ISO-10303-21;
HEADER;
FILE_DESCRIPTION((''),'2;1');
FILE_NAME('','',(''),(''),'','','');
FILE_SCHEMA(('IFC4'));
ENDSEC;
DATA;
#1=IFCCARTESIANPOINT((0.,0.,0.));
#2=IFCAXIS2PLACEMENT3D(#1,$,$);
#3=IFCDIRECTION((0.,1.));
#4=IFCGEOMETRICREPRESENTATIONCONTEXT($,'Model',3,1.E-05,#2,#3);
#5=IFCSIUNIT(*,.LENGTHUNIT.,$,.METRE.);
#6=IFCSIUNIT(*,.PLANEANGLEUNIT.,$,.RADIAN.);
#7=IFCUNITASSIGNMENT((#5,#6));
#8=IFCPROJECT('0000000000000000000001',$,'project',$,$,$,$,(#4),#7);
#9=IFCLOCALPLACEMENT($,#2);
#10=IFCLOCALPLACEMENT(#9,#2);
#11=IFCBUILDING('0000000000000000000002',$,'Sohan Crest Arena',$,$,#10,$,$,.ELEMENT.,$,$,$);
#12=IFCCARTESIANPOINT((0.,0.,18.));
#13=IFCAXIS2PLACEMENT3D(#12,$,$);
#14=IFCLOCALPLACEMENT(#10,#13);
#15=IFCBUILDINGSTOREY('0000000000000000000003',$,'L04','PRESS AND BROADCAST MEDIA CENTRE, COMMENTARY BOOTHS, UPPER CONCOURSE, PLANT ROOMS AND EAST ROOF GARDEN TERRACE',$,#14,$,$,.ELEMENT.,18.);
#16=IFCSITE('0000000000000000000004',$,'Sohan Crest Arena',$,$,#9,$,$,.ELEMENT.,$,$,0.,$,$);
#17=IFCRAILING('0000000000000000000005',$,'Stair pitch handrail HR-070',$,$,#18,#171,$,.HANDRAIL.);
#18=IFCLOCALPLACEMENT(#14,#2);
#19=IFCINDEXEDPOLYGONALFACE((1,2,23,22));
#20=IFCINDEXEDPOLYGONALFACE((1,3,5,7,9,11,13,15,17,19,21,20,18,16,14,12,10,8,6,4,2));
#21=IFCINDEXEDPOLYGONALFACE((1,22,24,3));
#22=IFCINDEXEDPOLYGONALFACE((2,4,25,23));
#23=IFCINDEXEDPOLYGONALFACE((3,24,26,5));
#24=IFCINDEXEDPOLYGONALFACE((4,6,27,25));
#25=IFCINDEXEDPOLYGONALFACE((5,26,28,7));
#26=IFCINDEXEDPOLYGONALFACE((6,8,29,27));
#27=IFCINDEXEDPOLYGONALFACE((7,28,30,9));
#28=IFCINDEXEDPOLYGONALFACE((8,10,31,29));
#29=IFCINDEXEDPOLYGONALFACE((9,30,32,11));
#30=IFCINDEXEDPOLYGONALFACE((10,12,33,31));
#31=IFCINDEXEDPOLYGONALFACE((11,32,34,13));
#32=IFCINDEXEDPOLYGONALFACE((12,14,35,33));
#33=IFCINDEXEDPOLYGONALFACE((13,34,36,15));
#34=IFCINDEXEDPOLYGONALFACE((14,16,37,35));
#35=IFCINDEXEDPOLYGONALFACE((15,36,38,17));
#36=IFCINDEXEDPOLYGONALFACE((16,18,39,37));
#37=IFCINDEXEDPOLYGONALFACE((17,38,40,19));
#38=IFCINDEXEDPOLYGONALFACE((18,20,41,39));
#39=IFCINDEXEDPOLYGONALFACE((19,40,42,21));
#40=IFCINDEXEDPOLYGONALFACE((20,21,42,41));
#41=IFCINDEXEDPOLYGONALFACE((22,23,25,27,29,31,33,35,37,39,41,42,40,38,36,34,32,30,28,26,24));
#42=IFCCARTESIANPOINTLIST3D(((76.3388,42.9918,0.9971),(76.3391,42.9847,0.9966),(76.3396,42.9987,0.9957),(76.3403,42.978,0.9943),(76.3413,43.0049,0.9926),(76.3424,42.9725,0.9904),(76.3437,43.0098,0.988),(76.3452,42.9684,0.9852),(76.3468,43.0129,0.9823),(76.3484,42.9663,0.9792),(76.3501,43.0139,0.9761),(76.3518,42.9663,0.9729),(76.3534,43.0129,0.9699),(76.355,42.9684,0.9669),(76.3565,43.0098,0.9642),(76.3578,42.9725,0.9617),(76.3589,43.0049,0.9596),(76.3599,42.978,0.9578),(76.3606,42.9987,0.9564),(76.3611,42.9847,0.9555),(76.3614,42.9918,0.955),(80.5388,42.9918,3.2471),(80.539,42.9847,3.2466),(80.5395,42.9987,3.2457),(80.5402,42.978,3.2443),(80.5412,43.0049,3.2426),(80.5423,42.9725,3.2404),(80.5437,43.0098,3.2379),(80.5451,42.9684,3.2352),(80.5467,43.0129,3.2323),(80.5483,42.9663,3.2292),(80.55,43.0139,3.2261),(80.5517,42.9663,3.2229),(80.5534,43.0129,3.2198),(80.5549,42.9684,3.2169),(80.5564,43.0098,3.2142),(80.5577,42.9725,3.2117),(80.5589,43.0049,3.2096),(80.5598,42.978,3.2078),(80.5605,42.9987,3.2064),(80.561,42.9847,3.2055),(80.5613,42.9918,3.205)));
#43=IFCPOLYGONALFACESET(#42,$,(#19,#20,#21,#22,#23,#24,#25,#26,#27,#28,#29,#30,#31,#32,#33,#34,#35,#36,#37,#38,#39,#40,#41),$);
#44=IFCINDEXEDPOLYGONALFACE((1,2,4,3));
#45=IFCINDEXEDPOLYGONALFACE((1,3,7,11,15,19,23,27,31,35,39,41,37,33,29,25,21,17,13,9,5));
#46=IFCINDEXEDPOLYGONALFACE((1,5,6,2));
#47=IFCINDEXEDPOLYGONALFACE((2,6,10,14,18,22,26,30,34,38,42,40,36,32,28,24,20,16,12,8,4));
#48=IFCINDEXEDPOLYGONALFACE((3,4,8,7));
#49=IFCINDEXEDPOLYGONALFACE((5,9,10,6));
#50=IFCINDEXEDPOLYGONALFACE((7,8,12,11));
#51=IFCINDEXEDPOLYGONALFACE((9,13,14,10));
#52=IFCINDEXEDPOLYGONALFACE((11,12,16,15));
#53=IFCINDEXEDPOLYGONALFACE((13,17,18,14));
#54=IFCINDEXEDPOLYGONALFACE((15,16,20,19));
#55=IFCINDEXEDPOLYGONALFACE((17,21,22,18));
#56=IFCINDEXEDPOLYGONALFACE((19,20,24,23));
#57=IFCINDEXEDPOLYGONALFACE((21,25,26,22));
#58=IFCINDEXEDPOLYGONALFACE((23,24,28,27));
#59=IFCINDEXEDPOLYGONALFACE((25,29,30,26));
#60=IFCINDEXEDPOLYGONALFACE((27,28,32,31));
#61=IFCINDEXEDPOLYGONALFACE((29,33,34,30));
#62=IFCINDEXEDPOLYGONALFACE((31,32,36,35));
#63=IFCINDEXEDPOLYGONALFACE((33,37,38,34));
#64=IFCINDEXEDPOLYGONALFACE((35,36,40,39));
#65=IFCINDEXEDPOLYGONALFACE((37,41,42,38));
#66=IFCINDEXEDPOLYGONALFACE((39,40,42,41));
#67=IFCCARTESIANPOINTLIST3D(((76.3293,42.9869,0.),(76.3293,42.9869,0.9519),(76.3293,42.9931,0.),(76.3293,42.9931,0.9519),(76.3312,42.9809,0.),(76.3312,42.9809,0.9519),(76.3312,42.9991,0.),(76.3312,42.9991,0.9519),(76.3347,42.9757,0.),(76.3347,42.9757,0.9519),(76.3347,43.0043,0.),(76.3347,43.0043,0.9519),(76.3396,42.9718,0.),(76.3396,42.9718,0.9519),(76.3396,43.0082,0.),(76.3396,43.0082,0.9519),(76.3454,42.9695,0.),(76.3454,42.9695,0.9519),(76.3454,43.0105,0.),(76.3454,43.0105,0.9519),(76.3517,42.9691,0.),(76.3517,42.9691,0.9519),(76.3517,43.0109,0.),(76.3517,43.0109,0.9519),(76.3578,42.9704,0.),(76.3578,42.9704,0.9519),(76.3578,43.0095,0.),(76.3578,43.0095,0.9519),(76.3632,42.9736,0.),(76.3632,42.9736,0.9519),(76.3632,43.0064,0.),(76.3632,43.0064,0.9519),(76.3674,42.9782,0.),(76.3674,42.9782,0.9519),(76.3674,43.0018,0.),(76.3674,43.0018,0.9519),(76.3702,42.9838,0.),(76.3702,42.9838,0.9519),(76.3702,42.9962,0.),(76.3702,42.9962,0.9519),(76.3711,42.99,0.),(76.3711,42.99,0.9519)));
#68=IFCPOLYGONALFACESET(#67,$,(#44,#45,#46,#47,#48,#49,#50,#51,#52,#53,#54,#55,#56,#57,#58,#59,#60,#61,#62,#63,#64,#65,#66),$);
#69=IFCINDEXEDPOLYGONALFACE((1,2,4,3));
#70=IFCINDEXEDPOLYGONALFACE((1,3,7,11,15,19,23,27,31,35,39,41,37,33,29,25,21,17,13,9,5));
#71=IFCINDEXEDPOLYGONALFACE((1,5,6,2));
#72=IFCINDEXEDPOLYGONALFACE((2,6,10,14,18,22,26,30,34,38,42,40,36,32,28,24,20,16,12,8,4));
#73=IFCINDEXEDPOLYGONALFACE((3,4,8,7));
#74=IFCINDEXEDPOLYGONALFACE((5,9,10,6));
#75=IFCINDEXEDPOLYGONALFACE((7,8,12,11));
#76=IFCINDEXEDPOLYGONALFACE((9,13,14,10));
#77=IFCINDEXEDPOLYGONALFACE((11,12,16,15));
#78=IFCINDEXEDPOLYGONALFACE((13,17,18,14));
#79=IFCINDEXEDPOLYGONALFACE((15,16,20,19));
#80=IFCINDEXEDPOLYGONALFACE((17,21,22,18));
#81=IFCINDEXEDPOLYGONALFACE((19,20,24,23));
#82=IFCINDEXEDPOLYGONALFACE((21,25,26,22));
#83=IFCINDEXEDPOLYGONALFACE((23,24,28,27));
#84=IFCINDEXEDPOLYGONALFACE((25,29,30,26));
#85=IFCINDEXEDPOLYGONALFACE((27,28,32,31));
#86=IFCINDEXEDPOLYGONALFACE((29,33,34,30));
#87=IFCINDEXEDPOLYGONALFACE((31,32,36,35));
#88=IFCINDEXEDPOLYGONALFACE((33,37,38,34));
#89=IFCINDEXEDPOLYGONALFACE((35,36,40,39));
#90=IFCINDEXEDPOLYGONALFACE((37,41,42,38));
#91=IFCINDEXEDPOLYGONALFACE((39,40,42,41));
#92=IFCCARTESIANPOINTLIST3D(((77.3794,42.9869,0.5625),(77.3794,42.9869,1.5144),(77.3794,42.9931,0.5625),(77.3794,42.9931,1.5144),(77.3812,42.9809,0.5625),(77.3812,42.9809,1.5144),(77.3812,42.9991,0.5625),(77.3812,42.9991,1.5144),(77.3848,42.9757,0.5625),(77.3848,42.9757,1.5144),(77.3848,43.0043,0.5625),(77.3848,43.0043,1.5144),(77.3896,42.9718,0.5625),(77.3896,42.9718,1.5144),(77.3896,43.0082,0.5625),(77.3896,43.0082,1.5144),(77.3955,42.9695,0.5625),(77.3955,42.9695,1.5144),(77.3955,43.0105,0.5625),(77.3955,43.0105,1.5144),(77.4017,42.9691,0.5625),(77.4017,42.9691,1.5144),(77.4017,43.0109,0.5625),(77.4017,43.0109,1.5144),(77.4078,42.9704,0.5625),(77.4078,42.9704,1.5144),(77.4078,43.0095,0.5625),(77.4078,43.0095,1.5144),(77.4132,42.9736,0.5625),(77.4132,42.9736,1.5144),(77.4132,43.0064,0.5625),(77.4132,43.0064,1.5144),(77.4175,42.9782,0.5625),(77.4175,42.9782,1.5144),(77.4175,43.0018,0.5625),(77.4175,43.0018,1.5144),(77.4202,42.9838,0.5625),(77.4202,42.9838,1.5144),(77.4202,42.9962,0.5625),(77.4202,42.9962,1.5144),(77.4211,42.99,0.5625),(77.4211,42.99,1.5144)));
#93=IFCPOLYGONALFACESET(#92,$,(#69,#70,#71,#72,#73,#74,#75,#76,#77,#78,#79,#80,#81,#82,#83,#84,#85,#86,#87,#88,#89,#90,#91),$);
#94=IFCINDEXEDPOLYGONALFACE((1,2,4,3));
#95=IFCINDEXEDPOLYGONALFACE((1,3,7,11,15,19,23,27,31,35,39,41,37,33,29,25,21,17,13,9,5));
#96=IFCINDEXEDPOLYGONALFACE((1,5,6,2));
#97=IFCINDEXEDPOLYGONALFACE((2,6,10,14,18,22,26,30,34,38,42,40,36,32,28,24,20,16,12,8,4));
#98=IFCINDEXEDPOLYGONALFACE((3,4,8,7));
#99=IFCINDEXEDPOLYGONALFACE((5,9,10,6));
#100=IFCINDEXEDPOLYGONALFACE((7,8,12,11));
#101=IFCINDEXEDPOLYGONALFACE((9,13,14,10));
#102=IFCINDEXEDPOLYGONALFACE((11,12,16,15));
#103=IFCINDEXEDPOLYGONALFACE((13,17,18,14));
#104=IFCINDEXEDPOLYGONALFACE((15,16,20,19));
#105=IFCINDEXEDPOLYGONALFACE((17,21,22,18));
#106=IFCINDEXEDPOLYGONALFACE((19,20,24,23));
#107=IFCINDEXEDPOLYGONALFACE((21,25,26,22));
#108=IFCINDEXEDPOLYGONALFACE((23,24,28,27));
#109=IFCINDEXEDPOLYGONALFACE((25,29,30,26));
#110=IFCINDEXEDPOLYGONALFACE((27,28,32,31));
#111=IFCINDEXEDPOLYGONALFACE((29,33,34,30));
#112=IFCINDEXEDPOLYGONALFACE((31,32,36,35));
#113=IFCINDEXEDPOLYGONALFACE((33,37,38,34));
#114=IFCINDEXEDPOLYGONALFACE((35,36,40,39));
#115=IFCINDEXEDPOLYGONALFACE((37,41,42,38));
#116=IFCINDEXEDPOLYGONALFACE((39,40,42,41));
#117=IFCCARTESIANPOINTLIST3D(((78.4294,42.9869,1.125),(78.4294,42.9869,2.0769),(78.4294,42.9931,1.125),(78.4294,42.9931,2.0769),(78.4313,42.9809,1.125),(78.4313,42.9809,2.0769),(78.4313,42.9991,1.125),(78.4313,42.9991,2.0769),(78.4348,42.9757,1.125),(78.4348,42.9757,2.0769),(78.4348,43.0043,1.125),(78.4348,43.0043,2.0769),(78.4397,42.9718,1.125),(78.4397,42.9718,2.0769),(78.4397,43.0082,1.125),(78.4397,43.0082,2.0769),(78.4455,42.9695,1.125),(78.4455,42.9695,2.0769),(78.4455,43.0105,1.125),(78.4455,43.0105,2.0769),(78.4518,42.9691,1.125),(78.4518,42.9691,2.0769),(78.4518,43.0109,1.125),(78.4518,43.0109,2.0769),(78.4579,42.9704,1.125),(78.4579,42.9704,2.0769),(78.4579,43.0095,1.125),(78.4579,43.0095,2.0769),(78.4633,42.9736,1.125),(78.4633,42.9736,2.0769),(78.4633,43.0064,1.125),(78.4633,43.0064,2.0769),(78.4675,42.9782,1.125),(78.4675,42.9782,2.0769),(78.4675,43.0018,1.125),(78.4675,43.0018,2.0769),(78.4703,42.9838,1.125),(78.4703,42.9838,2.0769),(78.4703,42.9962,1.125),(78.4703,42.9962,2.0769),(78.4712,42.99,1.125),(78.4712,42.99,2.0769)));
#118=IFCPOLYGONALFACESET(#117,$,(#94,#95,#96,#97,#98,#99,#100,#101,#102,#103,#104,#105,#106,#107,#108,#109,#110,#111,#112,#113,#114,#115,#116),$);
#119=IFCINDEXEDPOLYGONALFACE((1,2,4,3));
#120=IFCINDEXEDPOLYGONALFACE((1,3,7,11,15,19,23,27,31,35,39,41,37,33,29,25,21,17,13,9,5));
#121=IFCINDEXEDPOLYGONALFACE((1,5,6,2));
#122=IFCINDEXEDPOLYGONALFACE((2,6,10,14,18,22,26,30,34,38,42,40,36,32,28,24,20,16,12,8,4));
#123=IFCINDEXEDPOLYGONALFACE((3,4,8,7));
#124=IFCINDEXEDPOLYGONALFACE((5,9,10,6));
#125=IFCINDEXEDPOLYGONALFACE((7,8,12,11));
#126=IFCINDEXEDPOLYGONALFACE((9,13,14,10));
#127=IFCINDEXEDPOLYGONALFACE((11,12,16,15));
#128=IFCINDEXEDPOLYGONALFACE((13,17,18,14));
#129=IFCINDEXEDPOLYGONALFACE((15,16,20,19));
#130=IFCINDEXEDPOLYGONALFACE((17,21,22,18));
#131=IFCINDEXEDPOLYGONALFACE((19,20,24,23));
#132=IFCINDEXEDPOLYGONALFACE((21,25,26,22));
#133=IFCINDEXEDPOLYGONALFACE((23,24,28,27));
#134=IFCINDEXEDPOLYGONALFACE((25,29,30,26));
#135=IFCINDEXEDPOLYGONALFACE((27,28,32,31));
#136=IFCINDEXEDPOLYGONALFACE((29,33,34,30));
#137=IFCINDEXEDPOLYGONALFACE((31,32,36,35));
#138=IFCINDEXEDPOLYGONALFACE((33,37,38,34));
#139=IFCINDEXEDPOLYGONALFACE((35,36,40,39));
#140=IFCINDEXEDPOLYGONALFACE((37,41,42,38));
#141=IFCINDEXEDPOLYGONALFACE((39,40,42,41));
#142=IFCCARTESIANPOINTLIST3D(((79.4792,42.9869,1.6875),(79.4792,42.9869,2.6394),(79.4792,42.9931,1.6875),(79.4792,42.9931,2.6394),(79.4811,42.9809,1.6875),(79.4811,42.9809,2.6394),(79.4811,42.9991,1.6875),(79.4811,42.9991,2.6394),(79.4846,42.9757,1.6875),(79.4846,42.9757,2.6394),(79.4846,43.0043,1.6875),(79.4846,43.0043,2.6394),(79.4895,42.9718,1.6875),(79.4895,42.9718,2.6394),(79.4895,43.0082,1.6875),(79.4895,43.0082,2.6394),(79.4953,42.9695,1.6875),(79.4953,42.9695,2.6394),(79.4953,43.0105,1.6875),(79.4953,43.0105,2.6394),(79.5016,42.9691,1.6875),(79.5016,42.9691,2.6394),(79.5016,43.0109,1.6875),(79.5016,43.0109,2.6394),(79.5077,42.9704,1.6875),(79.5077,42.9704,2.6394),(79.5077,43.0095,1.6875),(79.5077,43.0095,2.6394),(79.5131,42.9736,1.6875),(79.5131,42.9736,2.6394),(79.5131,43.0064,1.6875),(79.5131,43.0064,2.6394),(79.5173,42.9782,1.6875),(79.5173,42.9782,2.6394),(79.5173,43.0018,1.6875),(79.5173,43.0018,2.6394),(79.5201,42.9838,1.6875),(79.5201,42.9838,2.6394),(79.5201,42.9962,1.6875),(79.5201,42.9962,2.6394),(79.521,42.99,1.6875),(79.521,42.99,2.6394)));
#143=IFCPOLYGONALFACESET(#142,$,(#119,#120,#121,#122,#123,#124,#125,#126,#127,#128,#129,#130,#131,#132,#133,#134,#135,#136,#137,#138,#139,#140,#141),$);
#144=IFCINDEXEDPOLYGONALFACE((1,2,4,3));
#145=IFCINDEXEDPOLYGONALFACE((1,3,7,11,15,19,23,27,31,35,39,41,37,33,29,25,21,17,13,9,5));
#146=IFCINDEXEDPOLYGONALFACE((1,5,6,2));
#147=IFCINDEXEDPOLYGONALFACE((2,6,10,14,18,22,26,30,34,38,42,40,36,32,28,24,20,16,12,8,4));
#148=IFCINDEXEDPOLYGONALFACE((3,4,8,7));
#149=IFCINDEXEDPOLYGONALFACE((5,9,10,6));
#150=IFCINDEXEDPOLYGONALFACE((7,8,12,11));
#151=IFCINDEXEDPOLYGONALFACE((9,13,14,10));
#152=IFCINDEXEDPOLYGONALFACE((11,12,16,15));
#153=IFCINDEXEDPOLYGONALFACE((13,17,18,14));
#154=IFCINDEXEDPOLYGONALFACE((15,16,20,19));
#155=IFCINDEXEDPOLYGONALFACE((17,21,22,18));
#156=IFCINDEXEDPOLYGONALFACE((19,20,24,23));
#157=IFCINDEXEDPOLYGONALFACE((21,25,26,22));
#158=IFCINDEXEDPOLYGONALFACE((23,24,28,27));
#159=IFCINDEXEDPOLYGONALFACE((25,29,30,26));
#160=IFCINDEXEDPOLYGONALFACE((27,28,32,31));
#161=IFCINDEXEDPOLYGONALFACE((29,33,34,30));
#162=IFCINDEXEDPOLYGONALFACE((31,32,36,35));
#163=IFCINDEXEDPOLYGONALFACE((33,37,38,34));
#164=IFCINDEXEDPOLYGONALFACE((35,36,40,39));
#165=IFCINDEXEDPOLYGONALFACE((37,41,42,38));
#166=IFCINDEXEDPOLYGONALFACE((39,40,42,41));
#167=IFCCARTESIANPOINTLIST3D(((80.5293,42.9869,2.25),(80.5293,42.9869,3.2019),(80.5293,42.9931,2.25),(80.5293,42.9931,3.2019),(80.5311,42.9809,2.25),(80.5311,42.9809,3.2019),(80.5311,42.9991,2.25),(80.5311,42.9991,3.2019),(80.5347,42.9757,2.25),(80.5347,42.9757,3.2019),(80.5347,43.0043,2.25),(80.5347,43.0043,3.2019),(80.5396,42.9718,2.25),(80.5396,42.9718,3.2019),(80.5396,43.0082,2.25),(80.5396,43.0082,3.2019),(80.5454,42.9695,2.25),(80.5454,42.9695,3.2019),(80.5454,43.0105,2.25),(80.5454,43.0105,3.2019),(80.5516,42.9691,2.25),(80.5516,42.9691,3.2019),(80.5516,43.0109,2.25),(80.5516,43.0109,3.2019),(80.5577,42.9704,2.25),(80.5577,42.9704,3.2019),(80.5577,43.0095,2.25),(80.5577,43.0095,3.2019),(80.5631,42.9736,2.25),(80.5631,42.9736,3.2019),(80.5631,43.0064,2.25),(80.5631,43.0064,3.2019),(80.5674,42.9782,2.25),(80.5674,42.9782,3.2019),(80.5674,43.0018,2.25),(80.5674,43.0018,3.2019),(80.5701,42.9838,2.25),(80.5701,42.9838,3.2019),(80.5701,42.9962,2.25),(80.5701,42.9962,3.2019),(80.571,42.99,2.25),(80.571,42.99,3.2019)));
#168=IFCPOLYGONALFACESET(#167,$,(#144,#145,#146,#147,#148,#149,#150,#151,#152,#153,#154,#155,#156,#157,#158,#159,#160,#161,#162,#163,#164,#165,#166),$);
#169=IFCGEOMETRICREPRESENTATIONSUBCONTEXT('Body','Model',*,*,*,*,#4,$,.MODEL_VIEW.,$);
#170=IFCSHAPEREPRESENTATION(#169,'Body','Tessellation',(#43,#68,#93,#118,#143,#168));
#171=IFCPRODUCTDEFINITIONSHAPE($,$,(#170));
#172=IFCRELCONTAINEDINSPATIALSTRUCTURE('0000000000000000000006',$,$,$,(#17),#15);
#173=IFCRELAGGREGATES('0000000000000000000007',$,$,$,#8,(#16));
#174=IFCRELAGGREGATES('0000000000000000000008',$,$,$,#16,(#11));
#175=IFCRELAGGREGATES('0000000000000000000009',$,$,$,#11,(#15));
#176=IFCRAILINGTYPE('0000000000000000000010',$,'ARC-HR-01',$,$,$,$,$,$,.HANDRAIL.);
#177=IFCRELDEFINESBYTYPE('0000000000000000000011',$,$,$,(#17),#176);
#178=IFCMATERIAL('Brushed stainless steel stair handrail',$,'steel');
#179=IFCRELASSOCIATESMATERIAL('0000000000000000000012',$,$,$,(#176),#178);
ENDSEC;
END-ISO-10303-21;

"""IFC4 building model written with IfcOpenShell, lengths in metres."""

from ifc_helpers import new_model, si_unit, direction, frame, origin, origin_2d, place, context, subcontext, project, spatial, circle, extrude, material, type_object, element, save


model = new_model("IFC4")

# Units and contexts
model_context = context("Model", 3, precision=1e-05, world=origin(), true_north=direction((0.0, 1.0)))
body_context = subcontext(model_context, "Body", "Model", "MODEL_VIEW")
ifc_project = project(units=[si_unit("LENGTHUNIT", "METRE"), si_unit("PLANEANGLEUNIT", "RADIAN")], contexts=[model_context])

# Site, building, storey
site_placement = place(None, origin())
site = spatial("IfcSite", under=ifc_project, at=site_placement, Name="Sohan Crest Arena", CompositionType="ELEMENT", RefElevation=0.0)
building_placement = place(site_placement, origin())
building = spatial("IfcBuilding", under=site, at=building_placement, Name="Sohan Crest Arena", CompositionType="ELEMENT")
storey_placement = place(building_placement, frame((0.0, 0.0, 18.0)))
storey = spatial("IfcBuildingStorey", under=building, at=storey_placement, Name="L04", Description="PRESS AND BROADCAST MEDIA CENTRE, COMMENTARY BOOTHS, UPPER CONCOURSE, PLANT ROOMS AND EAST ROOF GARDEN TERRACE", CompositionType="ELEMENT", Elevation=18.0)

# Railing
ifc_material_1 = material(Name="Brushed stainless steel stair handrail", Category="steel")
railing_type_1 = type_object("IfcRailingType", Name="ARC-HR-01", PredefinedType="HANDRAIL", material=ifc_material_1)
for number, where, name in (
    (1, (76.3501, 42.99, 0.0), "Stair pitch handrail HR-070"),
):
    element("IfcRailing", number, at=place(storey_placement, frame(where)), inside=storey, type_object=railing_type_1, Name=name, PredefinedType="HANDRAIL", context=body_context, shape_type="SweptSolid", body=[
        extrude(circle(Radius=0.0239, at=origin_2d()), frame((0.0, 0.0, 0.9761), z_axis=(0.881478, 0.0, 0.472226), x_axis=(0.0, 1.0, 0.0)), (0.0, 0.0, 1.0), 4.7646),
        extrude(circle(Radius=0.021, at=origin_2d()), origin(), (0.0, 0.0, 1.0), 0.9519),
        extrude(circle(Radius=0.021, at=origin_2d()), frame((1.05, 0.0, 0.5625)), (0.0, 0.0, 1.0), 0.9519),
        extrude(circle(Radius=0.021, at=origin_2d()), frame((2.1001, 0.0, 1.125)), (0.0, 0.0, 1.0), 0.9519),
        extrude(circle(Radius=0.021, at=origin_2d()), frame((3.1499, 0.0, 1.6875)), (0.0, 0.0, 1.0), 0.9519),
        extrude(circle(Radius=0.021, at=origin_2d()), frame((4.2, 0.0, 2.25)), (0.0, 0.0, 1.0), 0.9519),
    ])

save(model, "model.ifc")
